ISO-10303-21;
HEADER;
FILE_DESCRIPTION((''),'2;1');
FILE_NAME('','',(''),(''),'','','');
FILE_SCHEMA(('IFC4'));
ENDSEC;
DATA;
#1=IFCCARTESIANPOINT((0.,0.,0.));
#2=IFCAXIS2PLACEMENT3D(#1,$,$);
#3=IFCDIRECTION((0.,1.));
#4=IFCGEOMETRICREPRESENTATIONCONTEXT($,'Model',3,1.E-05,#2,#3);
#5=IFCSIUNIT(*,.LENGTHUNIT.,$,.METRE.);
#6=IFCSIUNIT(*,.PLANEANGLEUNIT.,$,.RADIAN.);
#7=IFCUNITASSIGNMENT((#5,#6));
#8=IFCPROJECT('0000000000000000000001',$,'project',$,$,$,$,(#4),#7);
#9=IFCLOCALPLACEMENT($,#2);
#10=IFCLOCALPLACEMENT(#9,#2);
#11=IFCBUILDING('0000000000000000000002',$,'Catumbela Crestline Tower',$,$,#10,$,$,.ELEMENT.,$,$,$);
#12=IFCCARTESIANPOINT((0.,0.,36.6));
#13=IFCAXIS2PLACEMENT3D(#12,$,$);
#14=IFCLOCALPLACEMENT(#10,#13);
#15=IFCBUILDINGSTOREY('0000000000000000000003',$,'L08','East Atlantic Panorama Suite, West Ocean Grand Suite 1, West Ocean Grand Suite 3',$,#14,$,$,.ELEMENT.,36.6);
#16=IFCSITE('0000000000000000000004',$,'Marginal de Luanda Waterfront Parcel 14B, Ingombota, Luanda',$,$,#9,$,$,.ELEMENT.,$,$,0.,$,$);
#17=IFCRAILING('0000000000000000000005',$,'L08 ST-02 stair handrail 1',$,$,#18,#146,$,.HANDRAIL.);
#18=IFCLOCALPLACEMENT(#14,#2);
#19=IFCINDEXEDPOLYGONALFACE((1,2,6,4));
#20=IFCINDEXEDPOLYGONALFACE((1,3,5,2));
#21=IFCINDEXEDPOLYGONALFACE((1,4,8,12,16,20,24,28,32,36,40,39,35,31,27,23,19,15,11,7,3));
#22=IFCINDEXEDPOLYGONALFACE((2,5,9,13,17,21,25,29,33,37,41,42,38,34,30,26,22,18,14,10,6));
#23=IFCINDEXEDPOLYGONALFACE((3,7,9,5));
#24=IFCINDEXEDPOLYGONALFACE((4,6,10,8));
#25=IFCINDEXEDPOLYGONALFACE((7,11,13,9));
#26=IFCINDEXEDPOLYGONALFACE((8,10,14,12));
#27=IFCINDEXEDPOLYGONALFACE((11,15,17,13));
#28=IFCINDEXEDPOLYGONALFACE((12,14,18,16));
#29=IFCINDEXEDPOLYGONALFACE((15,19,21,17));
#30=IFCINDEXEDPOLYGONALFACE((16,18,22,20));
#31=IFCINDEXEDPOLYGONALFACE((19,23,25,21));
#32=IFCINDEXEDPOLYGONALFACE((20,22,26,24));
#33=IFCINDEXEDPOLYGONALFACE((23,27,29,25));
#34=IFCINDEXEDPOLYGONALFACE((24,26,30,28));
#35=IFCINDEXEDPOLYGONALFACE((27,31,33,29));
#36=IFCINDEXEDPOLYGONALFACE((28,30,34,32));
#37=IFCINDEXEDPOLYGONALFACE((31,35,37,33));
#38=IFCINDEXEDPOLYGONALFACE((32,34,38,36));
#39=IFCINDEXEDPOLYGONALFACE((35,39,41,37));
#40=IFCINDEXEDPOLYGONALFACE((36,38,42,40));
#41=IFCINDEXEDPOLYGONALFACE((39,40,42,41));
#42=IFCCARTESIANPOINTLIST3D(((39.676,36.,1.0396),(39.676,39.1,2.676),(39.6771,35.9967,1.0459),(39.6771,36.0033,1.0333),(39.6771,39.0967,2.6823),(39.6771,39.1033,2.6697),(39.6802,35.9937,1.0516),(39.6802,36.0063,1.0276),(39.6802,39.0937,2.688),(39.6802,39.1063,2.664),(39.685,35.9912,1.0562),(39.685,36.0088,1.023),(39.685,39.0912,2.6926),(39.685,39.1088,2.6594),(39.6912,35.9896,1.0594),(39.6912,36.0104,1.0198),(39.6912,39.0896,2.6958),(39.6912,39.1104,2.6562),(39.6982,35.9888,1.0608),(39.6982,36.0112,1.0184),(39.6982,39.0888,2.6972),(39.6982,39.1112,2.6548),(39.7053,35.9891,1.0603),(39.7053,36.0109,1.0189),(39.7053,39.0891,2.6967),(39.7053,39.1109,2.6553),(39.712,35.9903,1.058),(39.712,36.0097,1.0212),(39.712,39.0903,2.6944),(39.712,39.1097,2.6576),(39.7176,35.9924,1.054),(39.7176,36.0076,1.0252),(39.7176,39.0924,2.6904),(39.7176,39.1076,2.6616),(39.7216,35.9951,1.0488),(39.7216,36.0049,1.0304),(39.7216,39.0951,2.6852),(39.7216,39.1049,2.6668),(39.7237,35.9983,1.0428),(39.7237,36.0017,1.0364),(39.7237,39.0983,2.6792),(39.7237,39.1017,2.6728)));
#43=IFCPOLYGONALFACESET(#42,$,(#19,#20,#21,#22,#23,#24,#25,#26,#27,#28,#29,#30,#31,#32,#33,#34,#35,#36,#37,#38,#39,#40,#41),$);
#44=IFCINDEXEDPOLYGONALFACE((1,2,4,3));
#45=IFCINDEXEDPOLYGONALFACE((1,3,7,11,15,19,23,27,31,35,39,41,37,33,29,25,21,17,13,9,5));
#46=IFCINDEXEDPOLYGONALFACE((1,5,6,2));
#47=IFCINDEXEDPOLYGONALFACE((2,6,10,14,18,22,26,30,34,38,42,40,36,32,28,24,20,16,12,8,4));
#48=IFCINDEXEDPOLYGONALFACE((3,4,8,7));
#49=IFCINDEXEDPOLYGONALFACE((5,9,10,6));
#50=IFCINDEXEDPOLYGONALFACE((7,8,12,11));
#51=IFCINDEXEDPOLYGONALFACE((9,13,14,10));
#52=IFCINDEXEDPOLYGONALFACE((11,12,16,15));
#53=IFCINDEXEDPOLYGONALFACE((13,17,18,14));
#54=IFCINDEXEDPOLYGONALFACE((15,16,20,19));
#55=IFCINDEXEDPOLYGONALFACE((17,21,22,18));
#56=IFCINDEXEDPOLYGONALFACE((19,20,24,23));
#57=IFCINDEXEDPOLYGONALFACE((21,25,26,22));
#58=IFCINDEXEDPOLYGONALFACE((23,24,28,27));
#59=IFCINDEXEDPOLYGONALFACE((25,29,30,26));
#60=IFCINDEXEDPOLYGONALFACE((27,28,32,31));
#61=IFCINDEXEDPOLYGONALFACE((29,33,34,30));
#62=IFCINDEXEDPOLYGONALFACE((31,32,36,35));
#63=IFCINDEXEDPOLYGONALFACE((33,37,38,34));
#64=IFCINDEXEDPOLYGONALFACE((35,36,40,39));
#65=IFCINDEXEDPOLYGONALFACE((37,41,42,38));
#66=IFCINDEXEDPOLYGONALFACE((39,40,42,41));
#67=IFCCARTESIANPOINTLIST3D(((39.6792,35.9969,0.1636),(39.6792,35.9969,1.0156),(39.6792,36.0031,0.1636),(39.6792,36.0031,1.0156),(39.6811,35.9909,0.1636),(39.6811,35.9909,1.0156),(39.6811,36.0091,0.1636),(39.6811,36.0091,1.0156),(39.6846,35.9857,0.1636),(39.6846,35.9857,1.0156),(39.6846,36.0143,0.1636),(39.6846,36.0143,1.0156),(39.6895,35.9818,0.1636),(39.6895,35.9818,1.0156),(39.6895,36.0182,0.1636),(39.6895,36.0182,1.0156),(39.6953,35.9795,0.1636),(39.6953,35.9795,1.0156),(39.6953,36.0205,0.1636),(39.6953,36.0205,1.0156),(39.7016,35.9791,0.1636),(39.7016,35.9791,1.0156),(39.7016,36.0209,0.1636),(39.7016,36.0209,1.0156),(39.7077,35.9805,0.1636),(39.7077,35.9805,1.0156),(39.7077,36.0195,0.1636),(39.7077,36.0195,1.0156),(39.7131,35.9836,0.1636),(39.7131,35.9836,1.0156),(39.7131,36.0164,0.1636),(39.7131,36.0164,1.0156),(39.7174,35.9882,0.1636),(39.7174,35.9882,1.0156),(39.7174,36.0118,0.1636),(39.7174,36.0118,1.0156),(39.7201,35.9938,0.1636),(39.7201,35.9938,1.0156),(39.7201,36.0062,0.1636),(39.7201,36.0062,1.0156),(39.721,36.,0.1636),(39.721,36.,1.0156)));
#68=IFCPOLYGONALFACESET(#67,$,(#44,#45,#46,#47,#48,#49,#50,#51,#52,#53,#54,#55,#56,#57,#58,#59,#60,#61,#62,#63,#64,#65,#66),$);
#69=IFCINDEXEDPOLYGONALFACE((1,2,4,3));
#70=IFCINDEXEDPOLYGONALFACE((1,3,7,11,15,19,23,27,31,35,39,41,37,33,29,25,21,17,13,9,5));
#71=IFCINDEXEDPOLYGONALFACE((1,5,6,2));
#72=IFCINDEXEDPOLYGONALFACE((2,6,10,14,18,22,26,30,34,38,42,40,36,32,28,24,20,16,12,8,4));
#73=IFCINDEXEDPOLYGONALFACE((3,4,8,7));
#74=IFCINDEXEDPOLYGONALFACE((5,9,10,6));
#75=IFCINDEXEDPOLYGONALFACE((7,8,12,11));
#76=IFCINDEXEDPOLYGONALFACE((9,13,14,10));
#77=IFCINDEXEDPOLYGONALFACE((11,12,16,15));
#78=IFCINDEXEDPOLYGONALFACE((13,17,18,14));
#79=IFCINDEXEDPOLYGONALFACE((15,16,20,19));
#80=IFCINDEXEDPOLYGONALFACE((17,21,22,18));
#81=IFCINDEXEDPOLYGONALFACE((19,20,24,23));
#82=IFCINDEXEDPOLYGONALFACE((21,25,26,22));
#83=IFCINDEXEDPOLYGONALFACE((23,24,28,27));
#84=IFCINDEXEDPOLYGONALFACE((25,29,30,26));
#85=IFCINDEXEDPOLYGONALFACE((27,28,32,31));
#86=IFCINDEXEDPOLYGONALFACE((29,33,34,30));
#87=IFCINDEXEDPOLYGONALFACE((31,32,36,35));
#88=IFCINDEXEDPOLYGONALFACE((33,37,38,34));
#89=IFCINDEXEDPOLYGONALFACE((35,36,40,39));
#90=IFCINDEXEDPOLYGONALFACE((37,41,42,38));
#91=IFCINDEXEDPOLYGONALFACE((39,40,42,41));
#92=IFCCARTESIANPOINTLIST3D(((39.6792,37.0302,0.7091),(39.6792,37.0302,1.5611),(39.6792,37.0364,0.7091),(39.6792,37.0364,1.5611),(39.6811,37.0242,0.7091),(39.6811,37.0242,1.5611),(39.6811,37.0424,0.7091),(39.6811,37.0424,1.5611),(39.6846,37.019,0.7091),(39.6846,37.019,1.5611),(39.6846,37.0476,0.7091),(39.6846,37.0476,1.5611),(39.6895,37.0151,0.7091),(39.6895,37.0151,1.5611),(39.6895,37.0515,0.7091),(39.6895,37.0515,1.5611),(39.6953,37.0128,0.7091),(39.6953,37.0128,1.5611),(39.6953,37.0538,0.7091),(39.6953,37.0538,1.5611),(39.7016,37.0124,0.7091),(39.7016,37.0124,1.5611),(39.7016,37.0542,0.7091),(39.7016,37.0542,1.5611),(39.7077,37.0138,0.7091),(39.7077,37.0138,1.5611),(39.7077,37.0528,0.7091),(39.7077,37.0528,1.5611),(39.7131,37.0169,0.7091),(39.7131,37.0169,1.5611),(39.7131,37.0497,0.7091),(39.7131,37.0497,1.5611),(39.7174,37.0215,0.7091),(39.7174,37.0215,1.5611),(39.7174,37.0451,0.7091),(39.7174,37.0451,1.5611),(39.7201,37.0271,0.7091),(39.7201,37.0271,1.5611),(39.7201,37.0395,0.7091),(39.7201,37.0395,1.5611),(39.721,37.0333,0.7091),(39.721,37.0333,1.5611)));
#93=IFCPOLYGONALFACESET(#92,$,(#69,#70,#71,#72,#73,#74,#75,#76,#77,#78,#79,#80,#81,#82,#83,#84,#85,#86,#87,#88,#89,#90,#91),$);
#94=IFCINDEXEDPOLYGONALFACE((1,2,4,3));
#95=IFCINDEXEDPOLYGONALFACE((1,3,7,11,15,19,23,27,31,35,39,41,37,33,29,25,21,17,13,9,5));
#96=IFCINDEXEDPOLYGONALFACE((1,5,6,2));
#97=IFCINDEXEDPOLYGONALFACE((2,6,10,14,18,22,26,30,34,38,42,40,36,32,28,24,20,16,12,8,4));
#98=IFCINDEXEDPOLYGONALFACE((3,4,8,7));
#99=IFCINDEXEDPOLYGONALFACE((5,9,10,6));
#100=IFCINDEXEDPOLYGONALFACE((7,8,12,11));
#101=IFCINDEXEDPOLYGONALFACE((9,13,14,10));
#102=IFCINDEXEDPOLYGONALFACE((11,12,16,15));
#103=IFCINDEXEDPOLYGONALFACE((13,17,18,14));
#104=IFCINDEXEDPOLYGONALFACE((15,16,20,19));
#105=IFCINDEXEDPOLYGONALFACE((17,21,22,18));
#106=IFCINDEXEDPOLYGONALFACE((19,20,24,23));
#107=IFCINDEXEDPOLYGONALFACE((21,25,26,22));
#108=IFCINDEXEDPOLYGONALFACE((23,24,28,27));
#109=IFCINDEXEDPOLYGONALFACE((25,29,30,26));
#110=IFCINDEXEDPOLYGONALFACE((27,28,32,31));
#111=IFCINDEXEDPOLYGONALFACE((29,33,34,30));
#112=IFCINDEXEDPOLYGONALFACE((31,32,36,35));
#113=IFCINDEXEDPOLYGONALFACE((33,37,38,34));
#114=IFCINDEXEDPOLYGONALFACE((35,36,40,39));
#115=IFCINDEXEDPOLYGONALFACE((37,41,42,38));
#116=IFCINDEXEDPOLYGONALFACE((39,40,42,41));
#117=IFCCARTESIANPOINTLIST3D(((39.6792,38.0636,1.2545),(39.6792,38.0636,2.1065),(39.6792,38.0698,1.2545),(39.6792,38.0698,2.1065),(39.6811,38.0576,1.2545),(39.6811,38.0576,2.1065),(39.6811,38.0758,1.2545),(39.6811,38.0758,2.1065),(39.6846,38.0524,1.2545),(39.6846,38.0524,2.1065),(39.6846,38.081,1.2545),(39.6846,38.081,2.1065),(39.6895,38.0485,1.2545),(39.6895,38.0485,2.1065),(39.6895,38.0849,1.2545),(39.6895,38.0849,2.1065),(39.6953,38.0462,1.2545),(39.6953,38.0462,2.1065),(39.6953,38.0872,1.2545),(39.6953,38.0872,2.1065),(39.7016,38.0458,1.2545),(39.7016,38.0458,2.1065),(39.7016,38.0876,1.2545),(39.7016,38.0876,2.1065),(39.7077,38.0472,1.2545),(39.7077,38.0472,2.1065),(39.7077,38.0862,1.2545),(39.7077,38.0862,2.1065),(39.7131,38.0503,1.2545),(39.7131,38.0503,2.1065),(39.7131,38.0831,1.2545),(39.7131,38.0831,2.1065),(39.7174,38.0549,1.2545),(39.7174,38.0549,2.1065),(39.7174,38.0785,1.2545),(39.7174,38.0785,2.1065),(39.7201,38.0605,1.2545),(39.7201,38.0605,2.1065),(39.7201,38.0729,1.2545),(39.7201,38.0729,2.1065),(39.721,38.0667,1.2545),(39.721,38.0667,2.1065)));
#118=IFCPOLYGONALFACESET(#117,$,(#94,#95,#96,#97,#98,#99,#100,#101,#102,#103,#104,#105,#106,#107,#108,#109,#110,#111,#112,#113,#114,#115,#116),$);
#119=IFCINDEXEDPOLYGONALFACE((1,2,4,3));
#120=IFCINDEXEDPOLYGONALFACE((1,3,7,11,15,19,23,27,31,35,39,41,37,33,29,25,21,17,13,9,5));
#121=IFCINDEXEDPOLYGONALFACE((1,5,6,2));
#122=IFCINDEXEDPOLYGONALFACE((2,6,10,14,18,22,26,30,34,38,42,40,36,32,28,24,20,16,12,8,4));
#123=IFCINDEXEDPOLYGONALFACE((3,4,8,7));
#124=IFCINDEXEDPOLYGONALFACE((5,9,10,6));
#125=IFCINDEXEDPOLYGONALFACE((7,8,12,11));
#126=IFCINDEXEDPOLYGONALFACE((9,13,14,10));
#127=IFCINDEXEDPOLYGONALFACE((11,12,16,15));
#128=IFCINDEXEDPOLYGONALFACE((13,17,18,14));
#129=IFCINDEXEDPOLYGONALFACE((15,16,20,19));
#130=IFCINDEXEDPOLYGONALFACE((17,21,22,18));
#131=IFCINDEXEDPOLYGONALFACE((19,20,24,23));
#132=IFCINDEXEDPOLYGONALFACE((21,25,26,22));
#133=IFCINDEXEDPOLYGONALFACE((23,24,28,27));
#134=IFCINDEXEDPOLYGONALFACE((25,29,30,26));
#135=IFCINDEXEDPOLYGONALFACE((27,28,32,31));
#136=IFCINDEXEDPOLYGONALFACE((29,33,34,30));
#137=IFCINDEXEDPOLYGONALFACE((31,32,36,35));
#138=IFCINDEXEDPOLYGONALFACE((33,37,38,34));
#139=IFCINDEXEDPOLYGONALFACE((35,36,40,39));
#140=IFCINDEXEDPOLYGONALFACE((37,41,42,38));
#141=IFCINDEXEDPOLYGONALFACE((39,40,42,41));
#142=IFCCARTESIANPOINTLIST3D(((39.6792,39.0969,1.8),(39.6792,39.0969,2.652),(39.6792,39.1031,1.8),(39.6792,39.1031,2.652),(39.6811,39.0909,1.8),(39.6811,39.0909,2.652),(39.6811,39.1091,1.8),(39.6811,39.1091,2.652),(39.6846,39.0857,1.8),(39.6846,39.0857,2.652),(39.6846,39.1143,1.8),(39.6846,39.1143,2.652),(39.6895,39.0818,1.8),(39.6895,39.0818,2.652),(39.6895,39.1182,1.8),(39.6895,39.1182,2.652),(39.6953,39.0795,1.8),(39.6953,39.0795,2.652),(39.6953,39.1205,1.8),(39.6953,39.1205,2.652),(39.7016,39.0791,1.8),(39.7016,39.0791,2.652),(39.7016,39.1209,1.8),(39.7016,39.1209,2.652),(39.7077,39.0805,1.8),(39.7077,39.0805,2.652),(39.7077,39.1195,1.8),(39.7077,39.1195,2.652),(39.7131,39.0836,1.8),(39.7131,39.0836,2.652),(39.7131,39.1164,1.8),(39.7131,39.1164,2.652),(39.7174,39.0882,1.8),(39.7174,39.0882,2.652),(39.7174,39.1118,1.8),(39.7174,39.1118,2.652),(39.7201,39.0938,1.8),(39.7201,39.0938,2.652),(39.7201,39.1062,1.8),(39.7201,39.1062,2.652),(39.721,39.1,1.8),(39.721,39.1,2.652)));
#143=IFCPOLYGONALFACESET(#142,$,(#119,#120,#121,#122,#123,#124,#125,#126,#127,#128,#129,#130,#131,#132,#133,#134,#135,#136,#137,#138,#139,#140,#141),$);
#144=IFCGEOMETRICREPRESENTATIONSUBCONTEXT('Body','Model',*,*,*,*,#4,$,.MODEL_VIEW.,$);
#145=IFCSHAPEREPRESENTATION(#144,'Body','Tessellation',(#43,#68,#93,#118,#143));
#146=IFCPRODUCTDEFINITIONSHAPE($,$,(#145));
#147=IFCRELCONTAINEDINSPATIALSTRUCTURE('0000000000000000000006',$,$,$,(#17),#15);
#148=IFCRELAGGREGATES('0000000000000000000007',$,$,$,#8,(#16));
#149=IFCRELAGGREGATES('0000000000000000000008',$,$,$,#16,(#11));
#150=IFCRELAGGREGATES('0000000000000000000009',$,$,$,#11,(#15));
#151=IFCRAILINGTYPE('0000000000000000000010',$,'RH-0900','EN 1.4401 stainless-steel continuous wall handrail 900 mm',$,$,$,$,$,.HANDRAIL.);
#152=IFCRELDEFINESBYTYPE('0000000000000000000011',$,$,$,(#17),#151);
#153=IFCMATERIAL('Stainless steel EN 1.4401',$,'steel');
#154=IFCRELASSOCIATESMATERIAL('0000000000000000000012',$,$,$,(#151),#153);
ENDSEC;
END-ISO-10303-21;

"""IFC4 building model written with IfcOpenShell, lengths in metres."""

from ifc_helpers import new_model, si_unit, direction, frame, origin, origin_2d, place, context, subcontext, project, spatial, circle, extrude, material, type_object, element, save


model = new_model("IFC4")

# Units and contexts
model_context = context("Model", 3, precision=1e-05, world=origin(), true_north=direction((0.0, 1.0)))
body_context = subcontext(model_context, "Body", "Model", "MODEL_VIEW")
ifc_project = project(units=[si_unit("LENGTHUNIT", "METRE"), si_unit("PLANEANGLEUNIT", "RADIAN")], contexts=[model_context])

# Site, building, storey
site_placement = place(None, origin())
site = spatial("IfcSite", under=ifc_project, at=site_placement, Name="Marginal de Luanda Waterfront Parcel 14B, Ingombota, Luanda", CompositionType="ELEMENT", RefElevation=0.0)
building_placement = place(site_placement, origin())
building = spatial("IfcBuilding", under=site, at=building_placement, Name="Catumbela Crestline Tower", CompositionType="ELEMENT")
storey_placement = place(building_placement, frame((0.0, 0.0, 36.6)))
storey = spatial("IfcBuildingStorey", under=building, at=storey_placement, Name="L08", Description="East Atlantic Panorama Suite, West Ocean Grand Suite 1, West Ocean Grand Suite 3", CompositionType="ELEMENT", Elevation=36.6)

# Shared definitions
ifc_material_1 = material(Name="Stainless steel EN 1.4401", Category="steel")

# Railing
railing_type_1 = type_object("IfcRailingType", Name="RH-0900", Description="EN 1.4401 stainless-steel continuous wall handrail 900 mm", PredefinedType="HANDRAIL", material=ifc_material_1)
railing_1_placement = place(storey_placement, frame((39.7, 36.0, 0.1636)))
element("IfcRailing", 1, at=railing_1_placement, inside=storey, type_object=railing_type_1, Name="L08 ST-02 stair handrail 1", PredefinedType="HANDRAIL", context=body_context, shape_type="SweptSolid", body=[
    extrude(circle(Radius=0.024, at=origin_2d()), frame((0.0, 0.0, 0.876), z_axis=(0.0, 0.884351, 0.466823), x_axis=(-1.0, 0.0, 0.0)), (0.0, 0.0, 1.0), 3.5054),
    extrude(circle(Radius=0.021, at=origin_2d()), origin(), (0.0, 0.0, 1.0), 0.852),
    extrude(circle(Radius=0.021, at=origin_2d()), frame((0.0, 1.0333, 0.5455)), (0.0, 0.0, 1.0), 0.852),
    extrude(circle(Radius=0.021, at=origin_2d()), frame((0.0, 2.0667, 1.0909)), (0.0, 0.0, 1.0), 0.852),
    extrude(circle(Radius=0.021, at=origin_2d()), frame((0.0, 3.1, 1.6364)), (0.0, 0.0, 1.0), 0.852),
])

save(model, "model.ifc")
